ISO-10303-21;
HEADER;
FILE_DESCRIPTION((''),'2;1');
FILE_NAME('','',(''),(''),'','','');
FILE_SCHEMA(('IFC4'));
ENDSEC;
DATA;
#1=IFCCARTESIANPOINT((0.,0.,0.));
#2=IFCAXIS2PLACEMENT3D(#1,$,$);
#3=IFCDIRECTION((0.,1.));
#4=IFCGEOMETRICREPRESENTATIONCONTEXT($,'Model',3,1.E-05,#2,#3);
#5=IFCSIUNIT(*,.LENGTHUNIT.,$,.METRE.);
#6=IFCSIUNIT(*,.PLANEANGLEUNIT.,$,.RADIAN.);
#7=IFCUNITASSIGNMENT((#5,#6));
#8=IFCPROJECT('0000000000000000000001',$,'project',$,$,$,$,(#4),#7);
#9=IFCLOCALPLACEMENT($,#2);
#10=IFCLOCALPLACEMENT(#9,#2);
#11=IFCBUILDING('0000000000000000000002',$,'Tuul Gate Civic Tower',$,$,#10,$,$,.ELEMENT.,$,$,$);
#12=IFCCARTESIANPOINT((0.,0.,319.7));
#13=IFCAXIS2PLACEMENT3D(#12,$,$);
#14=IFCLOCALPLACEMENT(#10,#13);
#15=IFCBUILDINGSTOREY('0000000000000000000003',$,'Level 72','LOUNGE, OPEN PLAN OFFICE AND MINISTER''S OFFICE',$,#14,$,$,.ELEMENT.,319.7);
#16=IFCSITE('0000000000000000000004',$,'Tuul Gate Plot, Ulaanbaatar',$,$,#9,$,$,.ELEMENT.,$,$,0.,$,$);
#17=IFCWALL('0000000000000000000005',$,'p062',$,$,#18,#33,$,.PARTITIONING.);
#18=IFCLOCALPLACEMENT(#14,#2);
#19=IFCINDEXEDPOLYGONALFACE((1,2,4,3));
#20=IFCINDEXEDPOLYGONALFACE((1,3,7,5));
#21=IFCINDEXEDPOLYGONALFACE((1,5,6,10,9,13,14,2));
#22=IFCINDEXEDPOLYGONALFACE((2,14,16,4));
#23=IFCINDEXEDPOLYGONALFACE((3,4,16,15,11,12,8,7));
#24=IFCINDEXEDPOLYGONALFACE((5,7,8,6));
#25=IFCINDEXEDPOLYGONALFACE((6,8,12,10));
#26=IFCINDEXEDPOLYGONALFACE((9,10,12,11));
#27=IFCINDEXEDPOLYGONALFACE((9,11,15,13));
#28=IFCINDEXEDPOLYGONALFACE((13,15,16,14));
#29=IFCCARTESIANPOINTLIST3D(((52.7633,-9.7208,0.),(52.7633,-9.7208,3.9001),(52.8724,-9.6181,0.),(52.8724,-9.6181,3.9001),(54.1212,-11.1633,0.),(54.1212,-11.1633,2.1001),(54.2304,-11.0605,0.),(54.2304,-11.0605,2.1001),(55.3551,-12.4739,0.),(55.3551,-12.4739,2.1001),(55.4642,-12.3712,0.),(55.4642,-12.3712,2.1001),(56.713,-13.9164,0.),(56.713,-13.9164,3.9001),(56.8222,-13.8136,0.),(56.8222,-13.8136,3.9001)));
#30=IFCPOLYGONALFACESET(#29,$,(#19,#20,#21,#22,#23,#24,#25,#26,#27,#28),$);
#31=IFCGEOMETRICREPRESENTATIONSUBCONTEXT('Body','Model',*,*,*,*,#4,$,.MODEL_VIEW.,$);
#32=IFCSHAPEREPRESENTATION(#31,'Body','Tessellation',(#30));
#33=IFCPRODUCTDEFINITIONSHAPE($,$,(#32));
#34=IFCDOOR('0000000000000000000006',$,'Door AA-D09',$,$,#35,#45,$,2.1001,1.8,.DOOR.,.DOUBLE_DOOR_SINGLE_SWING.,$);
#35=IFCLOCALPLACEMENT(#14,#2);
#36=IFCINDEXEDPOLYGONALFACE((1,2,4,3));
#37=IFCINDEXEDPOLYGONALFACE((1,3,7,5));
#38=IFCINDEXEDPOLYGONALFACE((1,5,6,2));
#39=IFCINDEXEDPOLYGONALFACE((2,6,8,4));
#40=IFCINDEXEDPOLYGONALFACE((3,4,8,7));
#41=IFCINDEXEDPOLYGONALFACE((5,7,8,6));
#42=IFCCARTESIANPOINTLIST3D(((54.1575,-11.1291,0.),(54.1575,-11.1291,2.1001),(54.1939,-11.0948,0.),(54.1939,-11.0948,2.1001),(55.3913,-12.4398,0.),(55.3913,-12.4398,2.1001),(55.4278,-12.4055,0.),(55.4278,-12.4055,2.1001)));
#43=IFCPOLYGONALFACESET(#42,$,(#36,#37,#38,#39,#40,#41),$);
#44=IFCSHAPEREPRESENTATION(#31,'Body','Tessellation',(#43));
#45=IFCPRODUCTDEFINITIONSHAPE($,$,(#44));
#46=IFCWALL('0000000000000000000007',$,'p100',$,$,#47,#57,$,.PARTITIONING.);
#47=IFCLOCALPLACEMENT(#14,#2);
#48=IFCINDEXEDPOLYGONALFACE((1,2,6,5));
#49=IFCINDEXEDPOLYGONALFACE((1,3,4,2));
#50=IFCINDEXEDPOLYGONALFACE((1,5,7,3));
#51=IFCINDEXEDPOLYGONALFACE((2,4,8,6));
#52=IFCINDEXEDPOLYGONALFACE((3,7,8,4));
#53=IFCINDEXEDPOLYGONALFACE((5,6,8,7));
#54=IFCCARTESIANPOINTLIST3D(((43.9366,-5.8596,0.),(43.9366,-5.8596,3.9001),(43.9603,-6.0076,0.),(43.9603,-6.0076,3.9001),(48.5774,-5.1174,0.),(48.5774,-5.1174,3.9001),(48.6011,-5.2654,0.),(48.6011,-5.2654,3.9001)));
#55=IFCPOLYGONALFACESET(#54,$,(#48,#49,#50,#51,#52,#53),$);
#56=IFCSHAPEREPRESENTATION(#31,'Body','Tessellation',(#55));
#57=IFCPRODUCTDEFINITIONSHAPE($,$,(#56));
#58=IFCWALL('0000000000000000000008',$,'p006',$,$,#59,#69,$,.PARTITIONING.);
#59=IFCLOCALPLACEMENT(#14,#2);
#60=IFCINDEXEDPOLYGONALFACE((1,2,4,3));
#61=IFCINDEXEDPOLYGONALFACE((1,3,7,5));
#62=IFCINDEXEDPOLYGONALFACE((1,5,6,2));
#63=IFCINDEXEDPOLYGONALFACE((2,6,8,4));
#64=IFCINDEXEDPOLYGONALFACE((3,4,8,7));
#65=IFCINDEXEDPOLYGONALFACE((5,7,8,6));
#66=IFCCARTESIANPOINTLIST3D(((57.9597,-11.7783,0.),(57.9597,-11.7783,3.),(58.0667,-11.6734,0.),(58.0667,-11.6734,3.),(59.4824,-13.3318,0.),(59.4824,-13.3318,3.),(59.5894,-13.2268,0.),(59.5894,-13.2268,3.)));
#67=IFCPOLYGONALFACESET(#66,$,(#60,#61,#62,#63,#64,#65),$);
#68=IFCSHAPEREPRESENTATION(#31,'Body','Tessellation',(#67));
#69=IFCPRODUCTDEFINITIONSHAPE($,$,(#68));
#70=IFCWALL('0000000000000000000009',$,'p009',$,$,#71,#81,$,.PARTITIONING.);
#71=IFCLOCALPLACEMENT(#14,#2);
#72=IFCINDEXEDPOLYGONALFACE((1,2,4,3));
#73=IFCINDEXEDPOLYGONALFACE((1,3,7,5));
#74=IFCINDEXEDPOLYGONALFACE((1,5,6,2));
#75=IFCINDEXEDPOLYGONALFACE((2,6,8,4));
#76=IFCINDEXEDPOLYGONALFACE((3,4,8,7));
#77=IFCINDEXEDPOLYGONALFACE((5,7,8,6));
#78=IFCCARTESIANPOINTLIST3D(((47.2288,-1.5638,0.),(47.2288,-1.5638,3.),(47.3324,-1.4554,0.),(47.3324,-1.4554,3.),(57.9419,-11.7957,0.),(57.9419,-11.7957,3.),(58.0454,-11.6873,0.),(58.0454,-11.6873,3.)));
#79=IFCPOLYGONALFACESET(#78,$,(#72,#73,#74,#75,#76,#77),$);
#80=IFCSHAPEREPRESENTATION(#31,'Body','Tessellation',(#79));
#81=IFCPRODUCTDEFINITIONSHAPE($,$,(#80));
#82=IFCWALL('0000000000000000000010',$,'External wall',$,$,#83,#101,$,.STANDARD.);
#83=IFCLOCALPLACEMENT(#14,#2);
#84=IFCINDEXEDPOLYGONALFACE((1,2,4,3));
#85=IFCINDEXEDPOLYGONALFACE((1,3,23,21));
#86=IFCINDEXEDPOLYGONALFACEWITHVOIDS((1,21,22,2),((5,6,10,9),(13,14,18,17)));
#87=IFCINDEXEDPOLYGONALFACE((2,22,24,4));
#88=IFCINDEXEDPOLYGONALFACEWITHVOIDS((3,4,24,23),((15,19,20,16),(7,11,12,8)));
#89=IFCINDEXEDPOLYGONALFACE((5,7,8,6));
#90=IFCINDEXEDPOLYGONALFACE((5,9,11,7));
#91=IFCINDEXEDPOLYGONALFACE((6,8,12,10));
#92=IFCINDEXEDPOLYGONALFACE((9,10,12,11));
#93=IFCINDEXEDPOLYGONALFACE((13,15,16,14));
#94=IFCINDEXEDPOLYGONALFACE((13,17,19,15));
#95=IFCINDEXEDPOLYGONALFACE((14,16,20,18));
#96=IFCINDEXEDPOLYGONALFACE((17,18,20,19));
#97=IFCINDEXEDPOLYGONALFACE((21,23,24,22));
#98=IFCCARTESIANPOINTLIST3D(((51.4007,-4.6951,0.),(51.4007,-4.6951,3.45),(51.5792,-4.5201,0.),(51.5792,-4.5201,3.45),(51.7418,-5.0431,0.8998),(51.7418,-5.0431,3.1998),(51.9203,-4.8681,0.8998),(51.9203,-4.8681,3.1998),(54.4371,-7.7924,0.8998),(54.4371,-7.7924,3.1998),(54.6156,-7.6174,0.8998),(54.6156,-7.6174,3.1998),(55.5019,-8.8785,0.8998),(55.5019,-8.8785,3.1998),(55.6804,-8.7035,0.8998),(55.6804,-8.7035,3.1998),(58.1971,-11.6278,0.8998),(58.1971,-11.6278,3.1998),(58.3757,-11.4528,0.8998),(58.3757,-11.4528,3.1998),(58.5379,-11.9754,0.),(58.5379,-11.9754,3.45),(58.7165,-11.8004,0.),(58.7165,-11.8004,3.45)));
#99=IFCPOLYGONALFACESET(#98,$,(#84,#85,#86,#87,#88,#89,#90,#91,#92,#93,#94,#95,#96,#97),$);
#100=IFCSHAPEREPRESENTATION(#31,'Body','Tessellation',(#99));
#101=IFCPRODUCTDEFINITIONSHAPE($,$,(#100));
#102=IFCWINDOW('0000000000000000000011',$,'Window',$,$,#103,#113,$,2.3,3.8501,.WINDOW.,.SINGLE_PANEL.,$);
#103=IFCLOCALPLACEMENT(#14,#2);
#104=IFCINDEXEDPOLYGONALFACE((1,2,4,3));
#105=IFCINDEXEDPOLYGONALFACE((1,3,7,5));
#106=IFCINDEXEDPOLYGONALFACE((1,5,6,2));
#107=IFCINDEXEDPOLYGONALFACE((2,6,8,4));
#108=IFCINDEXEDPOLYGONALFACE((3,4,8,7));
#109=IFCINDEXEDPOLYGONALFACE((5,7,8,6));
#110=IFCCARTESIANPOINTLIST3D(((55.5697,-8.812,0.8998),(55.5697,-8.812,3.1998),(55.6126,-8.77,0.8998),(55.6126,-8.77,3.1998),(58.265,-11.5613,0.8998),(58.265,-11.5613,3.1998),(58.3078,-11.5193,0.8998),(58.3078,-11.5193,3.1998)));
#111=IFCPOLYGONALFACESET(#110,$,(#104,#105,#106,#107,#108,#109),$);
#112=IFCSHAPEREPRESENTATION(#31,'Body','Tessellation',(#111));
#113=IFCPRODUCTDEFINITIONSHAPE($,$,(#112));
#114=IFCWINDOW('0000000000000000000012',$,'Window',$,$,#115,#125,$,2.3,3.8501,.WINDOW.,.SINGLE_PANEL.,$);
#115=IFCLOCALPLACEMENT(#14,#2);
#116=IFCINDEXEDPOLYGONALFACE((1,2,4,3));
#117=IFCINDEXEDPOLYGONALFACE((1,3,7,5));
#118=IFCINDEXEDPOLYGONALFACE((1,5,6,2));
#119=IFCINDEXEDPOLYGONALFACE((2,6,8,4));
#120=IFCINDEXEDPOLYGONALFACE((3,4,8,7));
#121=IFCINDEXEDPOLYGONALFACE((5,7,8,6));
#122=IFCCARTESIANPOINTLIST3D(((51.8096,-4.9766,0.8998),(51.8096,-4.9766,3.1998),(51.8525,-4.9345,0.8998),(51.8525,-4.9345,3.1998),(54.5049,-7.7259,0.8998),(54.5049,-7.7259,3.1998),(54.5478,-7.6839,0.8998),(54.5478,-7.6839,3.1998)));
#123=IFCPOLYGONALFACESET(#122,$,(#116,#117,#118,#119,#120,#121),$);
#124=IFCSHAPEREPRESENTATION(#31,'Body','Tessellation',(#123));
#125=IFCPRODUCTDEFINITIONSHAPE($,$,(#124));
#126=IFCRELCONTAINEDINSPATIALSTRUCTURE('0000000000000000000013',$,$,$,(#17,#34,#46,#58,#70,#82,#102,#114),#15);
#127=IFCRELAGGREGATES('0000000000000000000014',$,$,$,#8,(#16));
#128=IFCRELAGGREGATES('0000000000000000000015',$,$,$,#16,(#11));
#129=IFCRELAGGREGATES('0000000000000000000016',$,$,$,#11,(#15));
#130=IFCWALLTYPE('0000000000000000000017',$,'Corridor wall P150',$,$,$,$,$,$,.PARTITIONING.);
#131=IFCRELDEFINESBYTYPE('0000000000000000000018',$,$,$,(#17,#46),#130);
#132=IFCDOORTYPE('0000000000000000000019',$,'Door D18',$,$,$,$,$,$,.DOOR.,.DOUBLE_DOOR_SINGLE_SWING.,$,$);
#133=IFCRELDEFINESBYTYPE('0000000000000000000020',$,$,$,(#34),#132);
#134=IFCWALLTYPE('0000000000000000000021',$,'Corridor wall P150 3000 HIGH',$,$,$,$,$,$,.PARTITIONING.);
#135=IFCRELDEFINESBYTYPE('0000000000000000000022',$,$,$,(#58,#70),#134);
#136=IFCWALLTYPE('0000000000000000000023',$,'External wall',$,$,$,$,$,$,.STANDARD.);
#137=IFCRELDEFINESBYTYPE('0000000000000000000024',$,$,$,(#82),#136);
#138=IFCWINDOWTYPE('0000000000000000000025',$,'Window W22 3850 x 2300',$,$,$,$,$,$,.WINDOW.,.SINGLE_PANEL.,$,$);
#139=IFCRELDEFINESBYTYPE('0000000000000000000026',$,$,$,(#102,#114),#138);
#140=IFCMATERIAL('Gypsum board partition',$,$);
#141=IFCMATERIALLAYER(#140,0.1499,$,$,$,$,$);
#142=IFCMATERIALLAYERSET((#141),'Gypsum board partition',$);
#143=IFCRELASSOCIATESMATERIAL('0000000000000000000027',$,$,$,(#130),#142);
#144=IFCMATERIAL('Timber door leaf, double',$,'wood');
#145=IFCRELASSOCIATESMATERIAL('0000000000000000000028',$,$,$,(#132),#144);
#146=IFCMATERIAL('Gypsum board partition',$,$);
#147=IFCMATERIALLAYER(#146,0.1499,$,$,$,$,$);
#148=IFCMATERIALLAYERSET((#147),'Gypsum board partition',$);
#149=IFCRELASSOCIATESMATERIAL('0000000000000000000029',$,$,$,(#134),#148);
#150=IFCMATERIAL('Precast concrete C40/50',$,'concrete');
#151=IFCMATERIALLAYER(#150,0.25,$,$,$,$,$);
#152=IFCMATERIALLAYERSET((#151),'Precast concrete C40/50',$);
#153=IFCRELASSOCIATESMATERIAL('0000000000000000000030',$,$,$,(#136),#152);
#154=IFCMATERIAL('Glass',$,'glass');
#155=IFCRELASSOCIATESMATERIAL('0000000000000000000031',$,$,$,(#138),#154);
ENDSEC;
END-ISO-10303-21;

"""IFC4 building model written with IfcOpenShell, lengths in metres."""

from ifc_helpers import new_model, si_unit, direction, frame, frame_2d, origin, place, context, subcontext, project, spatial, rectangle, extrude, material, layer, layer_set, type_object, element, fill, save


model = new_model("IFC4")

# Units and contexts
model_context = context("Model", 3, precision=1e-05, world=origin(), true_north=direction((0.0, 1.0)))
body_context = subcontext(model_context, "Body", "Model", "MODEL_VIEW")
ifc_project = project(units=[si_unit("LENGTHUNIT", "METRE"), si_unit("PLANEANGLEUNIT", "RADIAN")], contexts=[model_context])

# Site, building, storey
site_placement = place(None, origin())
site = spatial("IfcSite", under=ifc_project, at=site_placement, Name="Tuul Gate Plot, Ulaanbaatar", CompositionType="ELEMENT", RefElevation=0.0)
building_placement = place(site_placement, origin())
building = spatial("IfcBuilding", under=site, at=building_placement, Name="Tuul Gate Civic Tower", CompositionType="ELEMENT")
storey_placement = place(building_placement, frame((0.0, 0.0, 319.7)))
storey = spatial("IfcBuildingStorey", under=building, at=storey_placement, Name="Level 72", Description="LOUNGE, OPEN PLAN OFFICE AND MINISTER'S OFFICE", CompositionType="ELEMENT", Elevation=319.7)

# Shared definitions
ifc_material_1 = material(Name="Gypsum board partition")
ifc_layer_1 = layer(ifc_material_1, 0.1499)
ifc_layer_set_1 = layer_set([ifc_layer_1], Name="Gypsum board partition")
wall_type_1 = type_object("IfcWallType", Name="Corridor wall P150", PredefinedType="PARTITIONING", material=ifc_layer_set_1)

# Wall, opening, door
wall_1_placement = place(storey_placement, frame((52.8179, -9.6694, 0.0), z_axis=(0.0, 0.0, 1.0), x_axis=(0.685452, -0.728118, 0.0)))
wall_1 = element("IfcWall", 1, at=wall_1_placement, inside=storey, type_object=wall_type_1, Name="p062", PredefinedType="PARTITIONING", context=body_context, shape_type="SweptSolid", body=[
    extrude(rectangle(XDim=5.7622, YDim=0.1499, at=frame_2d((2.8811, 0.0))), origin(), (0.0, 0.0, 1.0), 3.9001),
])
opening_1_placement = place(wall_1_placement, frame((1.9812, 0.0, 0.0)))
opening_1 = element("IfcOpeningElement", 2, at=opening_1_placement, cuts=wall_1, PredefinedType="OPENING", context=body_context, shape_type="SweptSolid", body=[
    extrude(rectangle(XDim=1.8, YDim=2.1001, at=frame_2d((0.8999, 1.05))), frame((0.0, 0.085, 0.0), z_axis=(0.0, -1.0, 0.0), x_axis=(1.0, 0.0, 0.0)), (0.0, 0.0, 1.0), 0.1699),
])
ifc_material_2 = material(Name="Timber door leaf, double", Category="wood")
door_type_1 = type_object("IfcDoorType", Name="Door D18", OperationType="DOUBLE_DOOR_SINGLE_SWING", PredefinedType="DOOR", material=ifc_material_2)
door_1_placement = place(opening_1_placement, origin())
door_1 = element("IfcDoor", 3, at=door_1_placement, inside=storey, type_object=door_type_1, Name="Door AA-D09", OperationType="DOUBLE_DOOR_SINGLE_SWING", OverallHeight=2.1001, OverallWidth=1.8, PredefinedType="DOOR", context=body_context, shape_type="SweptSolid", body=[
    extrude(rectangle(XDim=1.8, YDim=2.1001, at=frame_2d((0.8999, 1.05))), frame((0.0, 0.0249, 0.0), z_axis=(0.0, -1.0, 0.0), x_axis=(1.0, 0.0, 0.0)), (0.0, 0.0, 1.0), 0.05),
])
fill(opening_1, door_1)

# Walls
wall_2_placement = place(storey_placement, frame((43.9485, -5.9336, 0.0), z_axis=(0.0, 0.0, 1.0), x_axis=(0.987451, 0.157926, 0.0)))
element("IfcWall", 4, at=wall_2_placement, inside=storey, type_object=wall_type_1, Name="p100", PredefinedType="PARTITIONING", context=body_context, shape_type="SweptSolid", body=[
    extrude(rectangle(XDim=4.6997, YDim=0.1499, at=frame_2d((2.3499, 0.0))), origin(), (0.0, 0.0, 1.0), 3.9001),
])
ifc_material_3 = material(Name="Gypsum board partition")
ifc_layer_2 = layer(ifc_material_3, 0.1499)
ifc_layer_set_2 = layer_set([ifc_layer_2], Name="Gypsum board partition")
wall_type_2 = type_object("IfcWallType", Name="Corridor wall P150 3000 HIGH", PredefinedType="PARTITIONING", material=ifc_layer_set_2)
wall_3_placement = place(storey_placement, frame((58.0132, -11.7258, 0.0), z_axis=(0.0, 0.0, 1.0), x_axis=(0.700001, -0.714142, 0.0)))
element("IfcWall", 5, at=wall_3_placement, inside=storey, type_object=wall_type_2, Name="p006", PredefinedType="PARTITIONING", context=body_context, shape_type="SweptSolid", body=[
    extrude(rectangle(XDim=2.1753, YDim=0.1499, at=frame_2d((1.0876, 0.0))), origin(), (0.0, 0.0, 1.0), 3.0),
])
wall_4_placement = place(storey_placement, frame((47.2805, -1.5095, 0.0), z_axis=(0.0, 0.0, 1.0), x_axis=(0.723161, -0.690679, 0.0)))
element("IfcWall", 6, at=wall_4_placement, inside=storey, type_object=wall_type_2, Name="p009", PredefinedType="PARTITIONING", context=body_context, shape_type="SweptSolid", body=[
    extrude(rectangle(XDim=14.8142, YDim=0.1499, at=frame_2d((7.4072, 0.0))), origin(), (0.0, 0.0, 1.0), 3.0),
])

# Wall, openings, windows
ifc_material_4 = material(Name="Precast concrete C40/50", Category="concrete")
ifc_layer_3 = layer(ifc_material_4, 0.25)
ifc_layer_set_3 = layer_set([ifc_layer_3], Name="Precast concrete C40/50")
wall_type_3 = type_object("IfcWallType", Name="External wall", PredefinedType="STANDARD", material=ifc_layer_set_3)
wall_5_placement = place(storey_placement, frame((58.6272, -11.8879, 0.0), z_axis=(0.0, 0.0, 1.0), x_axis=(-0.700056, 0.714088, 0.0)))
wall_5 = element("IfcWall", 7, at=wall_5_placement, inside=storey, type_object=wall_type_3, Name="External wall", PredefinedType="STANDARD", context=body_context, shape_type="SweptSolid", body=[
    extrude(rectangle(XDim=10.1953, YDim=0.25, at=frame_2d((5.0977, 0.0))), origin(), (0.0, 0.0, 1.0), 3.45),
])
opening_2_placement = place(wall_5_placement, frame((0.4868, 0.0, 0.8999)))
opening_2 = element("IfcOpeningElement", 8, at=opening_2_placement, cuts=wall_5, PredefinedType="OPENING", context=body_context, shape_type="SweptSolid", body=[
    extrude(rectangle(XDim=3.8501, YDim=2.3, at=frame_2d((1.925, 1.1499))), frame((0.0, 0.135, 0.0), z_axis=(0.0, -1.0, 0.0), x_axis=(1.0, 0.0, 0.0)), (0.0, 0.0, 1.0), 0.27),
])
opening_3_placement = place(wall_5_placement, frame((5.8579, 0.0, 0.8999)))
opening_3 = element("IfcOpeningElement", 9, at=opening_3_placement, cuts=wall_5, PredefinedType="OPENING", context=body_context, shape_type="SweptSolid", body=[
    extrude(rectangle(XDim=3.8501, YDim=2.3, at=frame_2d((1.925, 1.1499))), frame((0.0, 0.135, 0.0), z_axis=(0.0, -1.0, 0.0), x_axis=(1.0, 0.0, 0.0)), (0.0, 0.0, 1.0), 0.27),
])
ifc_material_5 = material(Name="Glass", Category="glass")
window_type_1 = type_object("IfcWindowType", Name="Window W22 3850 x 2300", PartitioningType="SINGLE_PANEL", PredefinedType="WINDOW", material=ifc_material_5)
window_1_placement = place(opening_2_placement, origin())
window_1 = element("IfcWindow", 10, at=window_1_placement, inside=storey, type_object=window_type_1, Name="Window", OverallHeight=2.3, OverallWidth=3.8501, PartitioningType="SINGLE_PANEL", PredefinedType="WINDOW", context=body_context, shape_type="SweptSolid", body=[
    extrude(rectangle(XDim=3.8501, YDim=2.3, at=frame_2d((1.925, 1.1499))), frame((0.0, 0.03, 0.0), z_axis=(0.0, -1.0, 0.0), x_axis=(1.0, 0.0, 0.0)), (0.0, 0.0, 1.0), 0.0601),
])
fill(opening_2, window_1)
window_2_placement = place(opening_3_placement, origin())
window_2 = element("IfcWindow", 11, at=window_2_placement, inside=storey, type_object=window_type_1, Name="Window", OverallHeight=2.3, OverallWidth=3.8501, PartitioningType="SINGLE_PANEL", PredefinedType="WINDOW", context=body_context, shape_type="SweptSolid", body=[
    extrude(rectangle(XDim=3.8501, YDim=2.3, at=frame_2d((1.925, 1.1499))), frame((0.0, 0.03, 0.0), z_axis=(0.0, -1.0, 0.0), x_axis=(1.0, 0.0, 0.0)), (0.0, 0.0, 1.0), 0.0601),
])
fill(opening_3, window_2)

save(model, "model.ifc")
